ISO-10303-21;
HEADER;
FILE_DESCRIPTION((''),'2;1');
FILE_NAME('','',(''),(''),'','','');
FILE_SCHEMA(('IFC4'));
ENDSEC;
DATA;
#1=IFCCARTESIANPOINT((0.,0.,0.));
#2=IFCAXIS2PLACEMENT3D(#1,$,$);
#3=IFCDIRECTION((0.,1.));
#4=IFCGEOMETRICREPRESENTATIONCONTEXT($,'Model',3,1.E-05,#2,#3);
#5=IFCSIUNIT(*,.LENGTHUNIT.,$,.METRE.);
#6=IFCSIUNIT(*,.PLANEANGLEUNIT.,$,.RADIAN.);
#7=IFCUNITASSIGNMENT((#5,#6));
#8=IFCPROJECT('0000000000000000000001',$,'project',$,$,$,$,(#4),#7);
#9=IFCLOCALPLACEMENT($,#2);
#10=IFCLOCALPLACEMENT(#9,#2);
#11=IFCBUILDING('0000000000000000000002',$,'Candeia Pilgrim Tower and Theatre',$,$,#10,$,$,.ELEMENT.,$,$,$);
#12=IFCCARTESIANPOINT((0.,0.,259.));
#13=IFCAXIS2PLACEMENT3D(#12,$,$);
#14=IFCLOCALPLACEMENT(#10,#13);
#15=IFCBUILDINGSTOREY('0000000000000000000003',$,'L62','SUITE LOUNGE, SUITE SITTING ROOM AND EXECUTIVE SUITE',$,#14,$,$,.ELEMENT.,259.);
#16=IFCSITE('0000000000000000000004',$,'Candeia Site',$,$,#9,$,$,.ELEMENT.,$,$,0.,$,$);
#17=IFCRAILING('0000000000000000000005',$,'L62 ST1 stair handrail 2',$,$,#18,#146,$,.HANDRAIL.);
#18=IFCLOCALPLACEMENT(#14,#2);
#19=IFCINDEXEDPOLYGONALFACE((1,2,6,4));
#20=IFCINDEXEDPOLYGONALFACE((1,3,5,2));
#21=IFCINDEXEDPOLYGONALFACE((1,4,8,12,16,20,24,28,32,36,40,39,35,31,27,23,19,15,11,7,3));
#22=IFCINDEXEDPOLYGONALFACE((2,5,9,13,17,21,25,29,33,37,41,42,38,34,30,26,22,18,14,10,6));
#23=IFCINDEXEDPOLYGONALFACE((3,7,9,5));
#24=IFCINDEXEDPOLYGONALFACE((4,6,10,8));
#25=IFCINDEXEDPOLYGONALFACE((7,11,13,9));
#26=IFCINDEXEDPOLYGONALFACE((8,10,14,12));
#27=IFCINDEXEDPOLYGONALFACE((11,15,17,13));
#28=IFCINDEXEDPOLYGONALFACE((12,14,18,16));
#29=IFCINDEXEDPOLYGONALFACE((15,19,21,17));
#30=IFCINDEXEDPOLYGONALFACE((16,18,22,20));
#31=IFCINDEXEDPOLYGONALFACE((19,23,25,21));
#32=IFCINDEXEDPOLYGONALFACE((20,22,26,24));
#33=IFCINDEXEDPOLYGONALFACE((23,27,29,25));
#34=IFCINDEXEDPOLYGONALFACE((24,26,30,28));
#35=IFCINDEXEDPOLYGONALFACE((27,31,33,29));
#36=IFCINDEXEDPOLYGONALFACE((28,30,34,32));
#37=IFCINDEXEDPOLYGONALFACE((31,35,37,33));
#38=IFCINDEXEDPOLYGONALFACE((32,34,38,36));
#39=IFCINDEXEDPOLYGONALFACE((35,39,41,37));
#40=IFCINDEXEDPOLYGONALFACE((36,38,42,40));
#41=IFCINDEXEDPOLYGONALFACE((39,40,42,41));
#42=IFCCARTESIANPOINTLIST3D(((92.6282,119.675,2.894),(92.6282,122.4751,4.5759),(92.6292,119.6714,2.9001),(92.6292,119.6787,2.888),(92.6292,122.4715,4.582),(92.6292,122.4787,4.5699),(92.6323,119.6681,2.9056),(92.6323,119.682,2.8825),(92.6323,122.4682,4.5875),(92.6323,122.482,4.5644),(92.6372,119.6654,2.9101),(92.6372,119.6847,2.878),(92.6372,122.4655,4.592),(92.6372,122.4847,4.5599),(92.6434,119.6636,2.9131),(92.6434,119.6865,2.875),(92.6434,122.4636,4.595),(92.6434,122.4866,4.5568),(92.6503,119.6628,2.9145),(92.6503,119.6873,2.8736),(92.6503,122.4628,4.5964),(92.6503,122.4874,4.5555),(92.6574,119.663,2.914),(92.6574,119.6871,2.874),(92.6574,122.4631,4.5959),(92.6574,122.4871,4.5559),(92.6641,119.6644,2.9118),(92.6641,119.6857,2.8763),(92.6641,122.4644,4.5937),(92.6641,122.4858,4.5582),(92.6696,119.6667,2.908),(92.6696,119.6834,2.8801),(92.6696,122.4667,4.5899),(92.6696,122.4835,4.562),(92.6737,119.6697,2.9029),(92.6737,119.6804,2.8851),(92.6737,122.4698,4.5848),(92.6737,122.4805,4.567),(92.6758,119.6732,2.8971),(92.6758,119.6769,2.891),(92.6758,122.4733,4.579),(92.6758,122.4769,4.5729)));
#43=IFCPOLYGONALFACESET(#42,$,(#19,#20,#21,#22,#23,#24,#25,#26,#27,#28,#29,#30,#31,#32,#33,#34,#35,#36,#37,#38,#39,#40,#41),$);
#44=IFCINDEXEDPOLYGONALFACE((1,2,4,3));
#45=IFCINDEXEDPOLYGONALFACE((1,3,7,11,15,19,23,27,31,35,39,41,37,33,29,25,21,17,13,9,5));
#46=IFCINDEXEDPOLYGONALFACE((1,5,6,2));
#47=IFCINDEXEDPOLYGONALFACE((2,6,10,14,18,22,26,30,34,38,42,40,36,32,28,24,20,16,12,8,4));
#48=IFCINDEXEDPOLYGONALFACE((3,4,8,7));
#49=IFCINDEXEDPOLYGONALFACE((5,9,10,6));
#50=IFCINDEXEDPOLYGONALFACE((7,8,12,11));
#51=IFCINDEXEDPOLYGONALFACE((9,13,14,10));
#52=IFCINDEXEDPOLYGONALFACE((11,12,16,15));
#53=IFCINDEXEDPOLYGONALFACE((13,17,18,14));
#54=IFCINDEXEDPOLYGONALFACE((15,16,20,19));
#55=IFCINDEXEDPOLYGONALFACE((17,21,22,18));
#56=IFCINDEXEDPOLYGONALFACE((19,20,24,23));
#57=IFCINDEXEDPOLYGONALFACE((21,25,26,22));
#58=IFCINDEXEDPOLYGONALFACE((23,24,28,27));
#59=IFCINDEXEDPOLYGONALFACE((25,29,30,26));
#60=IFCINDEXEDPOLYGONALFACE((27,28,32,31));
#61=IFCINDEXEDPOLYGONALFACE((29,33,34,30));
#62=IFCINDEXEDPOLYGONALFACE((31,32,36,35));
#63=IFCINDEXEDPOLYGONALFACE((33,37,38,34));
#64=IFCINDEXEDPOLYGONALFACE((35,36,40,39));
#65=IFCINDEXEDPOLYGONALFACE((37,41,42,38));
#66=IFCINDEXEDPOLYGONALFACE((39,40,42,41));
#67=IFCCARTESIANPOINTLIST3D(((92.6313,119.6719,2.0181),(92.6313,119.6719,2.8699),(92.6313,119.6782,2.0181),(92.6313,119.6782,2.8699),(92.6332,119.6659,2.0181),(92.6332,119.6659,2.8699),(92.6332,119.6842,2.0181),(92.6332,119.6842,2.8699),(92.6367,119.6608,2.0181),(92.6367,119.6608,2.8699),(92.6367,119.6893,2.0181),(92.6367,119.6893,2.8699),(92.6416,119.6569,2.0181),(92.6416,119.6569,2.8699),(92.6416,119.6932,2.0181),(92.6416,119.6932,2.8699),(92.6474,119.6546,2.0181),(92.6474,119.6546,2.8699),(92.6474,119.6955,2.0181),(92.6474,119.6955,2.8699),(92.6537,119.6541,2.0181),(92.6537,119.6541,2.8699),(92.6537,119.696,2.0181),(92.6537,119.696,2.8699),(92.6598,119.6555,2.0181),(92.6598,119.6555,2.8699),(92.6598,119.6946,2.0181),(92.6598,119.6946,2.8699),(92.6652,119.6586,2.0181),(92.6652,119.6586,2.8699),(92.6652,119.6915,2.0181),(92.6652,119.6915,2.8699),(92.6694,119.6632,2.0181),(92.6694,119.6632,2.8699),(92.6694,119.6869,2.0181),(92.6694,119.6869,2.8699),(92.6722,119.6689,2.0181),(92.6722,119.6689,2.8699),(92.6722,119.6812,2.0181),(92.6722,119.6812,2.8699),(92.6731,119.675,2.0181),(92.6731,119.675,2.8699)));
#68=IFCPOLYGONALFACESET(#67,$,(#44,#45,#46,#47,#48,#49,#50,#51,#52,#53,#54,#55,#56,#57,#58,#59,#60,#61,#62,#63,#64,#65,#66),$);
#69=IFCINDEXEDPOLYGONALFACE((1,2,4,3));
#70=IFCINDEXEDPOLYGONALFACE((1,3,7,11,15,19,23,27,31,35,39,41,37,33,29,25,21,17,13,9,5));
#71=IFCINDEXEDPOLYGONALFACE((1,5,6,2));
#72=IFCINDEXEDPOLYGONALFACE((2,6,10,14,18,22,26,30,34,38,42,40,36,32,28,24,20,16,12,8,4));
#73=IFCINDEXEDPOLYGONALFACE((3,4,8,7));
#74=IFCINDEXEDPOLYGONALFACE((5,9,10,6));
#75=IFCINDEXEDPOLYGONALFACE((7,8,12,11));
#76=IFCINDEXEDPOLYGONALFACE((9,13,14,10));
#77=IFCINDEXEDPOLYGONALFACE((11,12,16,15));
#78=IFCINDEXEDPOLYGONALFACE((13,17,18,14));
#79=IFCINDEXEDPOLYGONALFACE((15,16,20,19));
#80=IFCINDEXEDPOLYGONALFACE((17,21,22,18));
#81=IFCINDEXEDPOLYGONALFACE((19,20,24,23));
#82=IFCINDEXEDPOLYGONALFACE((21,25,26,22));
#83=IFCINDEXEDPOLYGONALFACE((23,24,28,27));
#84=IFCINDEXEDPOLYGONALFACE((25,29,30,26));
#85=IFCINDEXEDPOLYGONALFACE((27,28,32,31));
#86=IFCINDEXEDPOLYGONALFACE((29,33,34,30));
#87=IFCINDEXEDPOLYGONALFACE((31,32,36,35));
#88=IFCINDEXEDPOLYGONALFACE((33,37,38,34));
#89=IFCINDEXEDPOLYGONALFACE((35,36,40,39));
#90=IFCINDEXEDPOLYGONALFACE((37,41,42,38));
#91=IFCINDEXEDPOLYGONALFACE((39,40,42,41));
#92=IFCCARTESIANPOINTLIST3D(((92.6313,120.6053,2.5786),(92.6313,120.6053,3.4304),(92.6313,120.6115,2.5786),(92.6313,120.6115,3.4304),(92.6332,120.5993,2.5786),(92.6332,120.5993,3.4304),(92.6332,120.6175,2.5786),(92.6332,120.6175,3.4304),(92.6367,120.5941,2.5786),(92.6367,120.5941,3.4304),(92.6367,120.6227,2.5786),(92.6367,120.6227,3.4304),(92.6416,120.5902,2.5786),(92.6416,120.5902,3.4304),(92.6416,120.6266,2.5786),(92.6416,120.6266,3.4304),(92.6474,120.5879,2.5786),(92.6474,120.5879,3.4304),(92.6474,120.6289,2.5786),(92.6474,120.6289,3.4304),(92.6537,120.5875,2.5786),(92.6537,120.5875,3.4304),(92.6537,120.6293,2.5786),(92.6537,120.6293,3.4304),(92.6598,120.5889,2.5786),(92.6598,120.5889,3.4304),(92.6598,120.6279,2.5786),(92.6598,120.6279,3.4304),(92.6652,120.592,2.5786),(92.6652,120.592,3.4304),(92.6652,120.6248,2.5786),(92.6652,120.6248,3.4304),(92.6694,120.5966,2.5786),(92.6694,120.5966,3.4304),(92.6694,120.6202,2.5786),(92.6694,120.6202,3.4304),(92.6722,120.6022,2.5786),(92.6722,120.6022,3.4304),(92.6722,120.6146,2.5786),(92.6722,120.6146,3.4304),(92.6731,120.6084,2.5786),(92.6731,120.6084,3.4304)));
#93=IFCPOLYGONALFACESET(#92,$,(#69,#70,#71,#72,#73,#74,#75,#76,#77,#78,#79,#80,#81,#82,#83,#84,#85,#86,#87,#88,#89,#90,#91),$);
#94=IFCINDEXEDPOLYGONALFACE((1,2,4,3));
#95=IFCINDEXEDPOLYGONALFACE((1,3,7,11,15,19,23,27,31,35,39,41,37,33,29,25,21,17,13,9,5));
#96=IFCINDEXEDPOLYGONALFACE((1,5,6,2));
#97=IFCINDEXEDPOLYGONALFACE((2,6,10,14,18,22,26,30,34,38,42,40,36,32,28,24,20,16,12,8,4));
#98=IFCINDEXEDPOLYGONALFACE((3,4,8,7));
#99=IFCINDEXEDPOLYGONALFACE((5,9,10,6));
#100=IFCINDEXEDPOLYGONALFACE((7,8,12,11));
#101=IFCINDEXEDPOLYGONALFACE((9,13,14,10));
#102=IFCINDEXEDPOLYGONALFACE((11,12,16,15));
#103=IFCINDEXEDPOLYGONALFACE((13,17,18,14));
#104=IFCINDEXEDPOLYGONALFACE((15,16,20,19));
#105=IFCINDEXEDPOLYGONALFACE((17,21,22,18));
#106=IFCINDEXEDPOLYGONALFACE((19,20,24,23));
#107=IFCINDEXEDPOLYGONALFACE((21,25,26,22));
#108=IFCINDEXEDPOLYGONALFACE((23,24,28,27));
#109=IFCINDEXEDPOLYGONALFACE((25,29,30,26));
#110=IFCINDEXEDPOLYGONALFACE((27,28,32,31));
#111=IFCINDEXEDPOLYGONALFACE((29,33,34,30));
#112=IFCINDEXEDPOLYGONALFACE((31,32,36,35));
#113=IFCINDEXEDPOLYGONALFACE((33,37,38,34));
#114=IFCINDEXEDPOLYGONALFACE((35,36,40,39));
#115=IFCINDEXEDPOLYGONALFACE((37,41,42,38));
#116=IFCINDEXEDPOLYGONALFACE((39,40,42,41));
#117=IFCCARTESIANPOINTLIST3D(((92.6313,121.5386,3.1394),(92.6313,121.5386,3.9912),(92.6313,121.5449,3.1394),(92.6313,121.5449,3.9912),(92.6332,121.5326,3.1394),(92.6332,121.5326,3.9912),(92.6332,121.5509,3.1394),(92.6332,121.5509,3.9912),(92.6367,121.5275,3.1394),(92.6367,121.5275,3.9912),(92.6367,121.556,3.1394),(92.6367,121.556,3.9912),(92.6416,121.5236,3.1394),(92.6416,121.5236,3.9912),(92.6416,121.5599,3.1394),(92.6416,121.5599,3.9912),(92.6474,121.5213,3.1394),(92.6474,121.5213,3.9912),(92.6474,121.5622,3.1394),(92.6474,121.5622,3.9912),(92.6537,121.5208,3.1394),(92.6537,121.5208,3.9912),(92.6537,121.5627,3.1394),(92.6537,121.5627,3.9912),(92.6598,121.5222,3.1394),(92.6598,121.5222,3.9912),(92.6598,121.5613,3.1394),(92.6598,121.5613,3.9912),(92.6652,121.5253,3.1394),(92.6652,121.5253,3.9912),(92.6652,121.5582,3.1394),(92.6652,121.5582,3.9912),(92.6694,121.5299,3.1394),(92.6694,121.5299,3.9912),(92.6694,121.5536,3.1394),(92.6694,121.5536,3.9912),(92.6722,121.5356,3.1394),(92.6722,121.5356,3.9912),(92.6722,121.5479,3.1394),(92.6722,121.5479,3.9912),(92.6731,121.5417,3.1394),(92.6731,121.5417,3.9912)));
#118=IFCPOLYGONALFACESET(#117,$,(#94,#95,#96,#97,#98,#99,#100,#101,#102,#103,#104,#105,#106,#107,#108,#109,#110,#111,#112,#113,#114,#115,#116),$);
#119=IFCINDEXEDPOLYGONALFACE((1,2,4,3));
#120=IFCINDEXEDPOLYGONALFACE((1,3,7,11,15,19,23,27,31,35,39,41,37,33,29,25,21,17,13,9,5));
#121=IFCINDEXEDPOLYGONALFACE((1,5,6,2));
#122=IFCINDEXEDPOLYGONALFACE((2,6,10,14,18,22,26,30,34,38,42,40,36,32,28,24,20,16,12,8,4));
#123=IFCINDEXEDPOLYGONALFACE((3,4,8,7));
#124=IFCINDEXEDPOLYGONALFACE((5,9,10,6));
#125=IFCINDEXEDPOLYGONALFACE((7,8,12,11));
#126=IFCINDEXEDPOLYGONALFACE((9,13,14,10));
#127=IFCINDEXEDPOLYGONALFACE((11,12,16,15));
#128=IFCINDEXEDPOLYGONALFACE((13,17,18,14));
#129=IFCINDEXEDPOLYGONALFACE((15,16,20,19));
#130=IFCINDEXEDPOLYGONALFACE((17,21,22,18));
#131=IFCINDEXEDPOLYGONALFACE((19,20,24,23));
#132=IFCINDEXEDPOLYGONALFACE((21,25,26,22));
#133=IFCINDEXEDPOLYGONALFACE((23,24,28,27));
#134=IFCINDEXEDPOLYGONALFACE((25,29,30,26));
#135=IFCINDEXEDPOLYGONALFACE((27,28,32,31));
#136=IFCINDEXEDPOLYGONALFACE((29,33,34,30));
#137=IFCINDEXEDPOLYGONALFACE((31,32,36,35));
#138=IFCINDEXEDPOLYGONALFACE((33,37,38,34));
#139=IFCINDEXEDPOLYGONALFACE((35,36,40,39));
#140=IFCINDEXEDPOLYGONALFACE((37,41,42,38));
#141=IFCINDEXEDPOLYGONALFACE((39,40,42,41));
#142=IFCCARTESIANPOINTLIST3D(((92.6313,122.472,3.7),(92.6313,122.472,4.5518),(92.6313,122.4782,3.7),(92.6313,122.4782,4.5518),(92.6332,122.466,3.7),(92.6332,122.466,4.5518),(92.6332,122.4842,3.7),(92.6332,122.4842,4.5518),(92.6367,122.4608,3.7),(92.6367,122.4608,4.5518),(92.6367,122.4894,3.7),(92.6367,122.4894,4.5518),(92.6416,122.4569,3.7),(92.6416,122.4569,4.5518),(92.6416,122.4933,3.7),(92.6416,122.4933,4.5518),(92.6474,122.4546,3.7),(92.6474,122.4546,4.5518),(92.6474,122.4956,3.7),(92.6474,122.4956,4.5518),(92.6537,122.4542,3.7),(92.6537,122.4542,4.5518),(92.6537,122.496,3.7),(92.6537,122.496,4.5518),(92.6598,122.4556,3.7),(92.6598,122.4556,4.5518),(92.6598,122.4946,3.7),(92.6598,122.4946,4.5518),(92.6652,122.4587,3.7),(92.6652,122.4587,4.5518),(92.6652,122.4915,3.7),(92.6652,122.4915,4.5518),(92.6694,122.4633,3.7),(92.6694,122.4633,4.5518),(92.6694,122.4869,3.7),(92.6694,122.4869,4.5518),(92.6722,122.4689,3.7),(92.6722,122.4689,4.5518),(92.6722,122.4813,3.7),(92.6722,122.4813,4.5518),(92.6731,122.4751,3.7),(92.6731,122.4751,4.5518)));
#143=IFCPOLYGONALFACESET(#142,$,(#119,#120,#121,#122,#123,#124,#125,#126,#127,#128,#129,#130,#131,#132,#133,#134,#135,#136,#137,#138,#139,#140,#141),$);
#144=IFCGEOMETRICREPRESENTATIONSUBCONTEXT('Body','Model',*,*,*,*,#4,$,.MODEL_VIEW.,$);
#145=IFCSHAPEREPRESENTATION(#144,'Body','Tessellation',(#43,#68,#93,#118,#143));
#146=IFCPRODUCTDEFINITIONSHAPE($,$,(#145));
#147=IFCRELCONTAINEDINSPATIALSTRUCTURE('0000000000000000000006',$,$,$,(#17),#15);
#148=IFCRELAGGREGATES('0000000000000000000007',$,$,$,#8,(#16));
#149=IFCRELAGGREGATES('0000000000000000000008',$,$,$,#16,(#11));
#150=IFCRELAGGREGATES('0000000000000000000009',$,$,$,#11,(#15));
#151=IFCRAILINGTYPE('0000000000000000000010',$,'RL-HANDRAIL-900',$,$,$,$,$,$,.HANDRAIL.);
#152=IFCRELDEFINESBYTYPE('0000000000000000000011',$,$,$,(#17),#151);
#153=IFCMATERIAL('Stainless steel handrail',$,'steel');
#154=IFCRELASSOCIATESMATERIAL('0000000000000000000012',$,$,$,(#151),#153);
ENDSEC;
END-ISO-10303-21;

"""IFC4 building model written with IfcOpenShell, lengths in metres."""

from ifc_helpers import new_model, si_unit, direction, frame, origin, origin_2d, place, context, subcontext, project, spatial, circle, extrude, material, type_object, element, save


model = new_model("IFC4")

# Units and contexts
model_context = context("Model", 3, precision=1e-05, world=origin(), true_north=direction((0.0, 1.0)))
body_context = subcontext(model_context, "Body", "Model", "MODEL_VIEW")
ifc_project = project(units=[si_unit("LENGTHUNIT", "METRE"), si_unit("PLANEANGLEUNIT", "RADIAN")], contexts=[model_context])

# Site, building, storey
site_placement = place(None, origin())
site = spatial("IfcSite", under=ifc_project, at=site_placement, Name="Candeia Site", CompositionType="ELEMENT", RefElevation=0.0)
building_placement = place(site_placement, origin())
building = spatial("IfcBuilding", under=site, at=building_placement, Name="Candeia Pilgrim Tower and Theatre", CompositionType="ELEMENT")
storey_placement = place(building_placement, frame((0.0, 0.0, 259.0)))
storey = spatial("IfcBuildingStorey", under=building, at=storey_placement, Name="L62", Description="SUITE LOUNGE, SUITE SITTING ROOM AND EXECUTIVE SUITE", CompositionType="ELEMENT", Elevation=259.0)

# Railing
ifc_material_1 = material(Name="Stainless steel handrail", Category="steel")
railing_type = type_object("IfcRailingType", Name="RL-HANDRAIL-900", PredefinedType="HANDRAIL", material=ifc_material_1)
railing_placement = place(storey_placement, frame((92.6521, 119.675, 2.0181)))
element("IfcRailing", 1, at=railing_placement, inside=storey, type_object=railing_type, Name="L62 ST1 stair handrail 2", PredefinedType="HANDRAIL", context=body_context, shape_type="SweptSolid", body=[
    extrude(circle(Radius=0.0239, at=origin_2d()), frame((0.0, 0.0, 0.876), z_axis=(0.0, 0.857242, 0.514913), x_axis=(-1.0, 0.0, 0.0)), (0.0, 0.0, 1.0), 3.2664),
    extrude(circle(Radius=0.021, at=origin_2d()), origin(), (0.0, 0.0, 1.0), 0.8518),
    extrude(circle(Radius=0.021, at=origin_2d()), frame((0.0, 0.9333, 0.5605)), (0.0, 0.0, 1.0), 0.8518),
    extrude(circle(Radius=0.021, at=origin_2d()), frame((0.0, 1.8667, 1.1213)), (0.0, 0.0, 1.0), 0.8518),
    extrude(circle(Radius=0.021, at=origin_2d()), frame((0.0, 2.8, 1.6819)), (0.0, 0.0, 1.0), 0.8518),
])

save(model, "model.ifc")
